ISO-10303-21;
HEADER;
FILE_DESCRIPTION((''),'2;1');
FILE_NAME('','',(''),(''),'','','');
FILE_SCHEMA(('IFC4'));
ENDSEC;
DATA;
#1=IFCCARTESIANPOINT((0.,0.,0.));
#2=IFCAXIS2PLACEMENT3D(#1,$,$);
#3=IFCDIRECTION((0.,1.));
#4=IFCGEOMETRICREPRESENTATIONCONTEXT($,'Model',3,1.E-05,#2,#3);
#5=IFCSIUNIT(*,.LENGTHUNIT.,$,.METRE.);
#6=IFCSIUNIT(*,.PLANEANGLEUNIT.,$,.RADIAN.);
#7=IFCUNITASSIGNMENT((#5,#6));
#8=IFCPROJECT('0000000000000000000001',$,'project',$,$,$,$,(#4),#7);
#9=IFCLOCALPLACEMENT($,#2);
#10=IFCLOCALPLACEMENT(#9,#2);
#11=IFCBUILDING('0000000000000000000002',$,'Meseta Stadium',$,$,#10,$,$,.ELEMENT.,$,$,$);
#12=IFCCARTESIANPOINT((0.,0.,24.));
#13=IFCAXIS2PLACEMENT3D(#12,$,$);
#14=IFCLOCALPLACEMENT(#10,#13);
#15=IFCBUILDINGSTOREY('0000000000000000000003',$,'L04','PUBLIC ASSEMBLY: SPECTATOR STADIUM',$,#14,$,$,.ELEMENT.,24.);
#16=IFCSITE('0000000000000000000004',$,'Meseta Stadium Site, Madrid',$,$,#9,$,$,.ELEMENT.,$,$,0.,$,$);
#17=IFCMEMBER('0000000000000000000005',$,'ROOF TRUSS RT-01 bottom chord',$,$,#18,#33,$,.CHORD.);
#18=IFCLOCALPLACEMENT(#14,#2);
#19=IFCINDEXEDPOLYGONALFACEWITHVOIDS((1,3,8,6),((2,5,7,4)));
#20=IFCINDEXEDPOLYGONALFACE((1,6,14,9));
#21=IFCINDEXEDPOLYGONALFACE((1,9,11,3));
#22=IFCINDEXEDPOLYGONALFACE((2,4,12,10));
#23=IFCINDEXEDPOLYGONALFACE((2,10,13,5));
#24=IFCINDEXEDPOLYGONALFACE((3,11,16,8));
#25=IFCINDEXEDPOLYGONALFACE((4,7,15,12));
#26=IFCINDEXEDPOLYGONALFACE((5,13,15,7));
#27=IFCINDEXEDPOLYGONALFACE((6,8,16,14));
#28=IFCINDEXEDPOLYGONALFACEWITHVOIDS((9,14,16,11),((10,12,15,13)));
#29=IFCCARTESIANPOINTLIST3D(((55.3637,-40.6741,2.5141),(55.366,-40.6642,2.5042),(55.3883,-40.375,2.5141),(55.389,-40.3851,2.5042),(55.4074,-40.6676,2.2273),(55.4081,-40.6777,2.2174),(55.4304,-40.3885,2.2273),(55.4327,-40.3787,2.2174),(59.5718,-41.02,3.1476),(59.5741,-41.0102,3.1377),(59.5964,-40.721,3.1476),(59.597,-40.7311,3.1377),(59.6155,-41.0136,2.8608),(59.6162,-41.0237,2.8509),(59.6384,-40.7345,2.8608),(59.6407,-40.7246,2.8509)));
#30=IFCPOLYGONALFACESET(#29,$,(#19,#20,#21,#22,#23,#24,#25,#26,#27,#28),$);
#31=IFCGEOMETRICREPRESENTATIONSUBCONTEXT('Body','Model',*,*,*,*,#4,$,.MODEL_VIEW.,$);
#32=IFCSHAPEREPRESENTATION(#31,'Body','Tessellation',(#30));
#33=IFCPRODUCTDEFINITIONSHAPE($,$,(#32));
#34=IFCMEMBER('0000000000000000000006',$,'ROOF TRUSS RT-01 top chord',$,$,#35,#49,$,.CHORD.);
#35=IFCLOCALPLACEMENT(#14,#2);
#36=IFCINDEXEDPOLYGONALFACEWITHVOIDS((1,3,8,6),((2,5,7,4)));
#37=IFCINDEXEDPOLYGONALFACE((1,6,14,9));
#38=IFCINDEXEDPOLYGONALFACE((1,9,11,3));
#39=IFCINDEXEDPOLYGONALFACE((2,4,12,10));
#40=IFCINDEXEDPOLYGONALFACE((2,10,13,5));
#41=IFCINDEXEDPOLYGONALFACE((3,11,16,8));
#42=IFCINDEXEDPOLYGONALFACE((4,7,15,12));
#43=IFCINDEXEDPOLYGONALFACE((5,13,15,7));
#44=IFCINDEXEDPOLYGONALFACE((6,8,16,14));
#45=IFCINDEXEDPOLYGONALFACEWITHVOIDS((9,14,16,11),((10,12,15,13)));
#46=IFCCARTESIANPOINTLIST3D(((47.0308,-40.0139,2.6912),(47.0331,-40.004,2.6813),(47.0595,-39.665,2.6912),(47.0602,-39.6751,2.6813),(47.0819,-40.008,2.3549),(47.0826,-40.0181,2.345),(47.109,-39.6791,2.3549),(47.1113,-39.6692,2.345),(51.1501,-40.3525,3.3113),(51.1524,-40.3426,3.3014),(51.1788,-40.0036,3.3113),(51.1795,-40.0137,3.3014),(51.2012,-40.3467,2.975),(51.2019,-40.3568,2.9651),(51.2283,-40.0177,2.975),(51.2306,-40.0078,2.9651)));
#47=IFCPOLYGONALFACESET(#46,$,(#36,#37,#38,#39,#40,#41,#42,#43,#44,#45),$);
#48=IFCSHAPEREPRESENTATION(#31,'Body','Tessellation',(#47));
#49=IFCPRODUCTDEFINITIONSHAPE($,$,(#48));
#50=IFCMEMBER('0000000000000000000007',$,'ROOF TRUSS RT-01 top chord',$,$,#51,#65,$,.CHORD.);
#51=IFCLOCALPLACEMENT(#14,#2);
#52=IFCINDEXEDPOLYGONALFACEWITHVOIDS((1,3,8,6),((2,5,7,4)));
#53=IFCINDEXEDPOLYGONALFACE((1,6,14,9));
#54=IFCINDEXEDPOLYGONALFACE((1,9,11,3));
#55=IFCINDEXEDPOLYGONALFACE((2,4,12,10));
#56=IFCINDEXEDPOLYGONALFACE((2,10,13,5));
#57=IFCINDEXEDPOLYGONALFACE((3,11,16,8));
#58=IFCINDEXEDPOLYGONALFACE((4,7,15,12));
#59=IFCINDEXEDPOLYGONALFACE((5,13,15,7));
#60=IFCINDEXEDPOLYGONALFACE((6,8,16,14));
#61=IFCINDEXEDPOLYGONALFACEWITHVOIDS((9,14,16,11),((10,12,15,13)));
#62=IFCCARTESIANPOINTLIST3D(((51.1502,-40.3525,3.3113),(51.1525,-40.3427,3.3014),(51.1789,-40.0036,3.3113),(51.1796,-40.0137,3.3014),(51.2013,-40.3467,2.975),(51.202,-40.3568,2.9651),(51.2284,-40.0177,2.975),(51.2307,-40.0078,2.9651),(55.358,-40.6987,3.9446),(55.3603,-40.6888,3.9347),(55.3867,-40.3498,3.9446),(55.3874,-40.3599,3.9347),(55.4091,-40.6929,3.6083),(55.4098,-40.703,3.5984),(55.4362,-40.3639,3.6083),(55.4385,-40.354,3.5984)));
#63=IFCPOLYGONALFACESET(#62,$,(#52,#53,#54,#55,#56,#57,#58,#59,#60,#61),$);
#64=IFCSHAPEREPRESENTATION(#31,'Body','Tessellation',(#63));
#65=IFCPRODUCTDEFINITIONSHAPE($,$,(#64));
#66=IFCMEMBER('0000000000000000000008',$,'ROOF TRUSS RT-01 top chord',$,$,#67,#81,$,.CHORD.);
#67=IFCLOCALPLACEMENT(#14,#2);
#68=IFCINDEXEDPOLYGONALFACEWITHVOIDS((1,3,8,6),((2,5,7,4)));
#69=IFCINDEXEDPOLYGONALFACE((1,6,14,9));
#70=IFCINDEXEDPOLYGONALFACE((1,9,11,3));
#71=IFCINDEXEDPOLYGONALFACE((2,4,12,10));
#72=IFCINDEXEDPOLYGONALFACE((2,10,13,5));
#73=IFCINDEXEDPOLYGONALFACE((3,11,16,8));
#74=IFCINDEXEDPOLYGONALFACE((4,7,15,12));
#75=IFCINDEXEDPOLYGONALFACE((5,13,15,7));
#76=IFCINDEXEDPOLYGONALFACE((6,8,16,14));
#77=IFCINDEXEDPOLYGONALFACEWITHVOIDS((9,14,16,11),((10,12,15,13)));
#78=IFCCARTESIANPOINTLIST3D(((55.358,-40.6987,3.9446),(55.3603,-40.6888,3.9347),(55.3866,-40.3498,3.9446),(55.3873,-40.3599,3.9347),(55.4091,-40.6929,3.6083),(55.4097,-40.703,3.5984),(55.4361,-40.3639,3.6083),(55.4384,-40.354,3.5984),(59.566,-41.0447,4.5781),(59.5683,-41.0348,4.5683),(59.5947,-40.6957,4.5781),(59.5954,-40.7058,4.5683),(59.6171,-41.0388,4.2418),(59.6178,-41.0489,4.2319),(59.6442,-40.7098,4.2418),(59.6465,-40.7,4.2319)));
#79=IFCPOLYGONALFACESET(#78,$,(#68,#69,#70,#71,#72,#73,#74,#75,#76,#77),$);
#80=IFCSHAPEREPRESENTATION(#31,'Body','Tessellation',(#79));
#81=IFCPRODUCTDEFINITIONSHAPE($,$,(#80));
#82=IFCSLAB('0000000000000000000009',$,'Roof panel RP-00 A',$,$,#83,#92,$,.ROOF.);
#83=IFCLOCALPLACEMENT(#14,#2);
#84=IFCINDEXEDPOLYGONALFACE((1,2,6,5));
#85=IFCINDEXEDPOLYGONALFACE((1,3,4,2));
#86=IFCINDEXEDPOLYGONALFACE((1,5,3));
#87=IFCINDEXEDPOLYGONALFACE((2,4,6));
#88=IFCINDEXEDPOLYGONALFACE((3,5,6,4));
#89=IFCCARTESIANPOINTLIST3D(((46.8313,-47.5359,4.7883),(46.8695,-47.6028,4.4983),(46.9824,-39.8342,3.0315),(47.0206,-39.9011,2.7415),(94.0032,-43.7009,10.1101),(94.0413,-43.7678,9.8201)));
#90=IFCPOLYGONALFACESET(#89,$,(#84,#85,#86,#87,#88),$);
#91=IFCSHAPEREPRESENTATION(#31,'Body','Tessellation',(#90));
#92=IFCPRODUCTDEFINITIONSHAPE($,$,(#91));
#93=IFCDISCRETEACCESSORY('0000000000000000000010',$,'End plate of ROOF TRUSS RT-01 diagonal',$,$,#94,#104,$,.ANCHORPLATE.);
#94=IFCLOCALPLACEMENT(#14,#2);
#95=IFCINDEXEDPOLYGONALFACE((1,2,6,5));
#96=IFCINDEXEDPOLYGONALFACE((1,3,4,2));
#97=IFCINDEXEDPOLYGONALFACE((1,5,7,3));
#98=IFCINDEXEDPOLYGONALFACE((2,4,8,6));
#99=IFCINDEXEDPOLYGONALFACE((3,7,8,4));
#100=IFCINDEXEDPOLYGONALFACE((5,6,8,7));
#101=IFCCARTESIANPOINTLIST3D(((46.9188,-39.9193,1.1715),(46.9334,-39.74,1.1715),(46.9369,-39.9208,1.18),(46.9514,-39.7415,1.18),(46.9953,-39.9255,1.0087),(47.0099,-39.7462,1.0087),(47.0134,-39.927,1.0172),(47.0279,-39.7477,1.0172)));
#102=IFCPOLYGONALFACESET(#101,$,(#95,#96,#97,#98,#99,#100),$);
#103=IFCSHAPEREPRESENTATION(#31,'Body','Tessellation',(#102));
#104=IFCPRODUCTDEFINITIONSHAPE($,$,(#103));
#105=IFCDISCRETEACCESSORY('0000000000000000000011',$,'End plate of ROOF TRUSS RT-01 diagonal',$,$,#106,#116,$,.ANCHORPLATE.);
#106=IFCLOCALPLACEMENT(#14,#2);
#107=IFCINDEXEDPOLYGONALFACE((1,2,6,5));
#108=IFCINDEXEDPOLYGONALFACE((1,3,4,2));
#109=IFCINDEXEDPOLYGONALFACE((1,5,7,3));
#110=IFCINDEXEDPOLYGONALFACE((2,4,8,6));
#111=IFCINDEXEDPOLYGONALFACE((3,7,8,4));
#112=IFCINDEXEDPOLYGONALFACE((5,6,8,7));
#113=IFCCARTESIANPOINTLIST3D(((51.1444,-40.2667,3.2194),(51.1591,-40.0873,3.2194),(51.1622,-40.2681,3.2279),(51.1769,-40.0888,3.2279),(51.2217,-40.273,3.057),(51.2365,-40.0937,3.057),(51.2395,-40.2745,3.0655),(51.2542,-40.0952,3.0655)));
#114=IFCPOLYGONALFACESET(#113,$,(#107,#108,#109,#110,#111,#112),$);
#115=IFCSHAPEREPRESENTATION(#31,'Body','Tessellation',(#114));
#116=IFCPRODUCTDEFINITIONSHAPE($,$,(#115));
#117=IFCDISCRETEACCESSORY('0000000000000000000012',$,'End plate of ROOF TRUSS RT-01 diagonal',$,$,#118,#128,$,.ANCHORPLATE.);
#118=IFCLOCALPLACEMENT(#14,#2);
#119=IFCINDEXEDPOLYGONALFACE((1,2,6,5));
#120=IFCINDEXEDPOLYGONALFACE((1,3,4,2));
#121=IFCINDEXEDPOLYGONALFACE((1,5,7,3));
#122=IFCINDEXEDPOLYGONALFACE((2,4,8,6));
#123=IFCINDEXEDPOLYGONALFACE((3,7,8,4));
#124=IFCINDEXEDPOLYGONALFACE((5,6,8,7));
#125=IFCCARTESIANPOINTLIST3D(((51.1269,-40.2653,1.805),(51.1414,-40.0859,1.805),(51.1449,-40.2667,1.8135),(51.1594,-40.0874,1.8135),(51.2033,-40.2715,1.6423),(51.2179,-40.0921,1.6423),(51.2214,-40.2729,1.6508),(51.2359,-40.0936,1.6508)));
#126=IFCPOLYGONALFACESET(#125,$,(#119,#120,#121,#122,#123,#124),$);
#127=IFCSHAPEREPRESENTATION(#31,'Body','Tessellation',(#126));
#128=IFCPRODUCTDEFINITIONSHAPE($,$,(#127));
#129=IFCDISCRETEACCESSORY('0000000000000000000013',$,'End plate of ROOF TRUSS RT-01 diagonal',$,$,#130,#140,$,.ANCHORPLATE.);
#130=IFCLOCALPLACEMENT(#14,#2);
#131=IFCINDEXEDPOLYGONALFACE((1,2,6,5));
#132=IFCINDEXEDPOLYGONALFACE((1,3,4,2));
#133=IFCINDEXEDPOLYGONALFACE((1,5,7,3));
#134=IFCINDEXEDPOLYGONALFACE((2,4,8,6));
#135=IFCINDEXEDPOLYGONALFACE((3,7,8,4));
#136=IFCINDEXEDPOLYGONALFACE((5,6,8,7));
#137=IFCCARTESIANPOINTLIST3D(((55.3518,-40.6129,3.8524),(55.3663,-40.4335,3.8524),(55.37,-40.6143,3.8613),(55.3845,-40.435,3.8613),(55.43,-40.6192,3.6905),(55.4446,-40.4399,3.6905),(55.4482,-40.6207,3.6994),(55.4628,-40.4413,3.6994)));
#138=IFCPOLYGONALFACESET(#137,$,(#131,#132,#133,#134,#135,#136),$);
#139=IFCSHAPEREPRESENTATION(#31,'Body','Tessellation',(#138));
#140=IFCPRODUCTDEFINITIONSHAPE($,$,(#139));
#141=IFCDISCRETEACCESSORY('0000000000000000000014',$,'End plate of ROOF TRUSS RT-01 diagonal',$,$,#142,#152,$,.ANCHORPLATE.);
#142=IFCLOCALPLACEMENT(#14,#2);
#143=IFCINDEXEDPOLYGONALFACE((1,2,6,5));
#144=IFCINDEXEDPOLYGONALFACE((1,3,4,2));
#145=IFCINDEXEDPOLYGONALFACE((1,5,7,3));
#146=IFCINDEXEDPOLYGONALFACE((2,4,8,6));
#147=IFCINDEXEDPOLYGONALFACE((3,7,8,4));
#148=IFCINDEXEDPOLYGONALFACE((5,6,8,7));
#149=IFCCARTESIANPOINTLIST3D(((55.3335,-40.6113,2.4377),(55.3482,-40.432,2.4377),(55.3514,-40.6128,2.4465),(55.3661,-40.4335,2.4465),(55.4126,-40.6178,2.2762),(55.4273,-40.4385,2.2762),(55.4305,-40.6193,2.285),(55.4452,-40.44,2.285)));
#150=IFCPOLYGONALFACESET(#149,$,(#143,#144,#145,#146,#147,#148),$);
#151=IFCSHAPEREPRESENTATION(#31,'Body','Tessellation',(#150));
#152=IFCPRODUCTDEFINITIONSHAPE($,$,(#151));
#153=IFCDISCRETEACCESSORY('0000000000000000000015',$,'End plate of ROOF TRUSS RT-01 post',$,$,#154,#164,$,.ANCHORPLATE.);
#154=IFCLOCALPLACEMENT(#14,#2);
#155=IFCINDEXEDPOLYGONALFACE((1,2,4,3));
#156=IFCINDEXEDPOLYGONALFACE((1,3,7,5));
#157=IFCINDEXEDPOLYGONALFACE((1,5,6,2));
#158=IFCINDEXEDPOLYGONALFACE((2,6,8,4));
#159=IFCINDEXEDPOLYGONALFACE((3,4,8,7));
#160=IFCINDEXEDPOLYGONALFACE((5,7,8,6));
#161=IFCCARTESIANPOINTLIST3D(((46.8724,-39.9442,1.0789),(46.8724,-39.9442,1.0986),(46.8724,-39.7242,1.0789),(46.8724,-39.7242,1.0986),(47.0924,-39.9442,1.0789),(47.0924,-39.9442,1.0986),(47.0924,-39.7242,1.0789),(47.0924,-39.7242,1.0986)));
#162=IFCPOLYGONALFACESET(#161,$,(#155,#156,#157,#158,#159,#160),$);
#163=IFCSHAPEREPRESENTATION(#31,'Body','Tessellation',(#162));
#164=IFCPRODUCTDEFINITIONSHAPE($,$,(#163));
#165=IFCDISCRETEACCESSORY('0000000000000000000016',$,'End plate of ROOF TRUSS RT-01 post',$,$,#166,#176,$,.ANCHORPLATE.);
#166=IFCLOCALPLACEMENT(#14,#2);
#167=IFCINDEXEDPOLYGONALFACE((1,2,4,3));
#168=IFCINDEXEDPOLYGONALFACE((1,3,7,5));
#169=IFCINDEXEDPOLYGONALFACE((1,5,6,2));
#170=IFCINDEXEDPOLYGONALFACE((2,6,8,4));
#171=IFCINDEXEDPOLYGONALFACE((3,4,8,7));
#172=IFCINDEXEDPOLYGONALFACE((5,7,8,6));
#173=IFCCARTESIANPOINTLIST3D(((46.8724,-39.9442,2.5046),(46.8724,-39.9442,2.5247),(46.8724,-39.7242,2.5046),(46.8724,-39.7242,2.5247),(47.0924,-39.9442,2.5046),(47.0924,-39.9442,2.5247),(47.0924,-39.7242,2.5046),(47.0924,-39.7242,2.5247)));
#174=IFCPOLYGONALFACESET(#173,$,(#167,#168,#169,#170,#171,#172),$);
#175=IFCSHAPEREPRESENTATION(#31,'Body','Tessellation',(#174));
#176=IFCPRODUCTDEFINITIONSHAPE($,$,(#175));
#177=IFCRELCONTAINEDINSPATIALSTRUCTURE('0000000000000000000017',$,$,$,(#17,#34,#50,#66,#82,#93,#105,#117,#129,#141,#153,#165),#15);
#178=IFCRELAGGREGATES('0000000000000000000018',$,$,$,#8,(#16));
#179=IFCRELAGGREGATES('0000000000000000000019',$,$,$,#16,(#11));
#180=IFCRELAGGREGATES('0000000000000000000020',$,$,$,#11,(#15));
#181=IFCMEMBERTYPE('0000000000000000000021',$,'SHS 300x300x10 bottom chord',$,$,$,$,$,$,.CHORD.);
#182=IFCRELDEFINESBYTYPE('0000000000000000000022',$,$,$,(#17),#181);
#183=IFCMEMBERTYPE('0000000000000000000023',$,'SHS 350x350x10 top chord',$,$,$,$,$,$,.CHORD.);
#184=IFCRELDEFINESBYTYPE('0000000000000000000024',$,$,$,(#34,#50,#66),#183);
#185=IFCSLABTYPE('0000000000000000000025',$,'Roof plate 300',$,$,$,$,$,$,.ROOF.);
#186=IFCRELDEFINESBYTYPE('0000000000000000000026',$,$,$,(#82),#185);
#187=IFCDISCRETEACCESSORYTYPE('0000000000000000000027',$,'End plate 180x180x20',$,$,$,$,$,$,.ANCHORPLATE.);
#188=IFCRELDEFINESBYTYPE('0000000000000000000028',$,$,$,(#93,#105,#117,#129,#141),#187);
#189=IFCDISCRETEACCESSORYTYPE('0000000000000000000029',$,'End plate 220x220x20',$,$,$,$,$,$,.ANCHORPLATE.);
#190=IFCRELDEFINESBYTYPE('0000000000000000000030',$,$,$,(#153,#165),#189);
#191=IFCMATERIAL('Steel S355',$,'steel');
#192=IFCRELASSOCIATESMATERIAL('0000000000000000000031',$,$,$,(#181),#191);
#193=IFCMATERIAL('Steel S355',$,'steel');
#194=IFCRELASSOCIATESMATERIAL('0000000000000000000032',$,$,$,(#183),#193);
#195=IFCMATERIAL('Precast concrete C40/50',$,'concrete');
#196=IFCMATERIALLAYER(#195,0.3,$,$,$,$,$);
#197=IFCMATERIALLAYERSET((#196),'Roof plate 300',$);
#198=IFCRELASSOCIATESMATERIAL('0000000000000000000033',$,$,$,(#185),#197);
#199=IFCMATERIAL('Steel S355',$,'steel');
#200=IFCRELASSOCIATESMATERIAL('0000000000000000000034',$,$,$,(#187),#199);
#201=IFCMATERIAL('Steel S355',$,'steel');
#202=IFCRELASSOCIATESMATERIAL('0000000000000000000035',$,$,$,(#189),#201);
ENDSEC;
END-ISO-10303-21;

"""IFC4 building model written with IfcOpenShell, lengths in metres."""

from ifc_helpers import new_model, si_unit, direction, frame, origin, origin_2d, place, context, subcontext, project, spatial, polyline, rectangle, hollow_rectangle, outline, extrude, material, layer, layer_set, material_profile, profile_set, type_object, element, save


model = new_model("IFC4")

# Units and contexts
model_context = context("Model", 3, precision=1e-05, world=origin(), true_north=direction((0.0, 1.0)))
body_context = subcontext(model_context, "Body", "Model", "MODEL_VIEW")
ifc_project = project(units=[si_unit("LENGTHUNIT", "METRE"), si_unit("PLANEANGLEUNIT", "RADIAN")], contexts=[model_context])

# Site, building, storey
site_placement = place(None, origin())
site = spatial("IfcSite", under=ifc_project, at=site_placement, Name="Meseta Stadium Site, Madrid", CompositionType="ELEMENT", RefElevation=0.0)
building_placement = place(site_placement, origin())
building = spatial("IfcBuilding", under=site, at=building_placement, Name="Meseta Stadium", CompositionType="ELEMENT")
storey_placement = place(building_placement, frame((0.0, 0.0, 24.0)))
storey = spatial("IfcBuildingStorey", under=building, at=storey_placement, Name="L04", Description="PUBLIC ASSEMBLY: SPECTATOR STADIUM", CompositionType="ELEMENT", Elevation=24.0)

# Members
ifc_material_1 = material(Name="Steel S355", Category="steel")
ifc_material_profile_1 = material_profile(ifc_material_1, hollow_rectangle(XDim=0.3, YDim=0.3, WallThickness=0.01, at=origin_2d()), Name="SHS 300x300x10")
ifc_profile_set_1 = profile_set([ifc_material_profile_1], Name="Steel S355")
member_type_1 = type_object("IfcMemberType", Name="SHS 300x300x10 bottom chord", PredefinedType="CHORD", material=ifc_profile_set_1)
member_1_placement = place(storey_placement, frame((55.3982, -40.5264, 2.3657), z_axis=(0.985604, -0.081028, 0.14839), x_axis=(0.081935, 0.996638, 0.0)))
element("IfcMember", 1, at=member_1_placement, inside=storey, type_object=member_type_1, Name="ROOF TRUSS RT-01 bottom chord", PredefinedType="CHORD", context=body_context, shape_type="SweptSolid", body=[
    extrude(hollow_rectangle(XDim=0.3, YDim=0.3, WallThickness=0.01, at=origin_2d()), origin(), (0.0, 0.0, 1.0), 4.2695),
])
ifc_material_2 = material(Name="Steel S355", Category="steel")
ifc_material_profile_2 = material_profile(ifc_material_2, hollow_rectangle(XDim=0.3501, YDim=0.3501, WallThickness=0.01, at=origin_2d()), Name="SHS 350x350x10")
ifc_profile_set_2 = profile_set([ifc_material_profile_2], Name="Steel S355")
member_type_2 = type_object("IfcMemberType", Name="SHS 350x350x10 top chord", PredefinedType="CHORD", material=ifc_profile_set_2)
member_2_placement = place(storey_placement, frame((47.071, -39.8416, 2.5181), z_axis=(0.985608, -0.081019, 0.14837), x_axis=(0.081926, 0.996638, 0.0)))
element("IfcMember", 2, at=member_2_placement, inside=storey, type_object=member_type_2, Name="ROOF TRUSS RT-01 top chord", PredefinedType="CHORD", context=body_context, shape_type="SweptSolid", body=[
    extrude(hollow_rectangle(XDim=0.3501, YDim=0.3501, WallThickness=0.01, at=origin_2d()), origin(), (0.0, 0.0, 1.0), 4.1794),
])
member_3_placement = place(storey_placement, frame((51.1904, -40.1802, 3.1382), z_axis=(0.985606, -0.08109, 0.148341), x_axis=(0.081997, 0.996633, 0.0)))
element("IfcMember", 3, at=member_3_placement, inside=storey, type_object=member_type_2, Name="ROOF TRUSS RT-01 top chord", PredefinedType="CHORD", context=body_context, shape_type="SweptSolid", body=[
    extrude(hollow_rectangle(XDim=0.3501, YDim=0.3501, WallThickness=0.01, at=origin_2d()), origin(), (0.0, 0.0, 1.0), 4.2693),
])
member_4_placement = place(storey_placement, frame((55.3982, -40.5264, 3.7715), z_axis=(0.985604, -0.081028, 0.14839), x_axis=(0.081935, 0.996638, 0.0)))
element("IfcMember", 4, at=member_4_placement, inside=storey, type_object=member_type_2, Name="ROOF TRUSS RT-01 top chord", PredefinedType="CHORD", context=body_context, shape_type="SweptSolid", body=[
    extrude(hollow_rectangle(XDim=0.3501, YDim=0.3501, WallThickness=0.01, at=origin_2d()), origin(), (0.0, 0.0, 1.0), 4.2695),
])

# Slab
ifc_material_3 = material(Name="Precast concrete C40/50", Category="concrete")
ifc_layer = layer(ifc_material_3, 0.3)
ifc_layer_set = layer_set([ifc_layer], Name="Roof plate 300")
slab_type = type_object("IfcSlabType", Name="Roof plate 300", PredefinedType="ROOF", material=ifc_layer_set)
slab_placement = place(storey_placement, frame((46.9824, -39.8342, 3.0315), z_axis=(-0.127163, 0.222964, 0.966497), x_axis=(0.985604, -0.08105, 0.148375)))
element("IfcSlab", 5, at=slab_placement, inside=storey, type_object=slab_type, Name="Roof panel RP-00 A", PredefinedType="ROOF", context=body_context, shape_type="SweptSolid", body=[
    extrude(outline(polyline([(0.0, 0.0), (47.7075, 0.0), (0.7359, -7.8666), (0.0, 0.0)])), origin(), (0.0, 0.0, -1.0), 0.3),
])

# Discrete accessories
ifc_material_4 = material(Name="Steel S355", Category="steel")
ifc_material_profile_3 = material_profile(ifc_material_4, rectangle(XDim=0.1799, YDim=0.1799, at=origin_2d()), Name="PL 180x180")
ifc_profile_set_3 = profile_set([ifc_material_profile_3], Name="Steel S355")
discrete_accessory_type_1 = type_object("IfcDiscreteAccessoryType", Name="End plate 180x180x20", PredefinedType="ANCHORPLATE", material=ifc_profile_set_3)
discrete_accessory_1_placement = place(storey_placement, frame((46.9644, -39.8328, 1.0901), z_axis=(0.901568, -0.0731, 0.426417), x_axis=(0.080816, 0.996729, 0.0)))
element("IfcDiscreteAccessory", 6, at=discrete_accessory_1_placement, inside=storey, type_object=discrete_accessory_type_1, Name="End plate of ROOF TRUSS RT-01 diagonal", PredefinedType="ANCHORPLATE", context=body_context, shape_type="SweptSolid", body=[
    extrude(rectangle(XDim=0.1799, YDim=0.1799, at=origin_2d()), origin(), (0.0, 0.0, 1.0), 0.02),
])
discrete_accessory_2_placement = place(storey_placement, frame((51.1904, -40.1802, 3.1382), z_axis=(0.899249, -0.073911, 0.431147), x_axis=(0.081916, 0.996639, 0.0)))
element("IfcDiscreteAccessory", 7, at=discrete_accessory_2_placement, inside=storey, type_object=discrete_accessory_type_1, Name="End plate of ROOF TRUSS RT-01 diagonal", PredefinedType="ANCHORPLATE", context=body_context, shape_type="SweptSolid", body=[
    extrude(rectangle(XDim=0.1799, YDim=0.1799, at=origin_2d()), origin(), (0.0, 0.0, 1.0), 0.0198),
])
discrete_accessory_3_placement = place(storey_placement, frame((51.1724, -40.1787, 1.7236), z_axis=(0.901568, -0.0731, 0.426417), x_axis=(0.080816, 0.996729, 0.0)))
element("IfcDiscreteAccessory", 8, at=discrete_accessory_3_placement, inside=storey, type_object=discrete_accessory_type_1, Name="End plate of ROOF TRUSS RT-01 diagonal", PredefinedType="ANCHORPLATE", context=body_context, shape_type="SweptSolid", body=[
    extrude(rectangle(XDim=0.1799, YDim=0.1799, at=origin_2d()), origin(), (0.0, 0.0, 1.0), 0.02),
])
discrete_accessory_4_placement = place(storey_placement, frame((55.3982, -40.5264, 3.7715), z_axis=(0.896854, -0.072718, 0.436308), x_axis=(0.080816, 0.996729, 0.0)))
element("IfcDiscreteAccessory", 9, at=discrete_accessory_4_placement, inside=storey, type_object=discrete_accessory_type_1, Name="End plate of ROOF TRUSS RT-01 diagonal", PredefinedType="ANCHORPLATE", context=body_context, shape_type="SweptSolid", body=[
    extrude(rectangle(XDim=0.1799, YDim=0.1799, at=origin_2d()), origin(), (0.0, 0.0, 1.0), 0.0203),
])
discrete_accessory_5_placement = place(storey_placement, frame((55.3804, -40.5249, 2.3569), z_axis=(0.894444, -0.073516, 0.441096), x_axis=(0.081916, 0.996639, 0.0)))
element("IfcDiscreteAccessory", 10, at=discrete_accessory_5_placement, inside=storey, type_object=discrete_accessory_type_1, Name="End plate of ROOF TRUSS RT-01 diagonal", PredefinedType="ANCHORPLATE", context=body_context, shape_type="SweptSolid", body=[
    extrude(rectangle(XDim=0.1799, YDim=0.1799, at=origin_2d()), origin(), (0.0, 0.0, 1.0), 0.02),
])
ifc_material_5 = material(Name="Steel S355", Category="steel")
ifc_material_profile_4 = material_profile(ifc_material_5, rectangle(XDim=0.22, YDim=0.22, at=origin_2d()), Name="PL 220x220")
ifc_profile_set_4 = profile_set([ifc_material_profile_4], Name="Steel S355")
discrete_accessory_type_2 = type_object("IfcDiscreteAccessoryType", Name="End plate 220x220x20", PredefinedType="ANCHORPLATE", material=ifc_profile_set_4)
discrete_accessory_6_placement = place(storey_placement, frame((46.9824, -39.8342, 1.0789), z_axis=(0.0, 0.0, 1.0), x_axis=(1.0, 0.0, 0.0)))
element("IfcDiscreteAccessory", 11, at=discrete_accessory_6_placement, inside=storey, type_object=discrete_accessory_type_2, Name="End plate of ROOF TRUSS RT-01 post", PredefinedType="ANCHORPLATE", context=body_context, shape_type="SweptSolid", body=[
    extrude(rectangle(XDim=0.22, YDim=0.22, at=origin_2d()), origin(), (0.0, 0.0, 1.0), 0.0198),
])
discrete_accessory_7_placement = place(storey_placement, frame((46.9824, -39.8342, 2.5046), z_axis=(0.0, 0.0, 1.0), x_axis=(1.0, 0.0, 0.0)))
element("IfcDiscreteAccessory", 12, at=discrete_accessory_7_placement, inside=storey, type_object=discrete_accessory_type_2, Name="End plate of ROOF TRUSS RT-01 post", PredefinedType="ANCHORPLATE", context=body_context, shape_type="SweptSolid", body=[
    extrude(rectangle(XDim=0.22, YDim=0.22, at=origin_2d()), origin(), (0.0, 0.0, 1.0), 0.02),
])

save(model, "model.ifc")
